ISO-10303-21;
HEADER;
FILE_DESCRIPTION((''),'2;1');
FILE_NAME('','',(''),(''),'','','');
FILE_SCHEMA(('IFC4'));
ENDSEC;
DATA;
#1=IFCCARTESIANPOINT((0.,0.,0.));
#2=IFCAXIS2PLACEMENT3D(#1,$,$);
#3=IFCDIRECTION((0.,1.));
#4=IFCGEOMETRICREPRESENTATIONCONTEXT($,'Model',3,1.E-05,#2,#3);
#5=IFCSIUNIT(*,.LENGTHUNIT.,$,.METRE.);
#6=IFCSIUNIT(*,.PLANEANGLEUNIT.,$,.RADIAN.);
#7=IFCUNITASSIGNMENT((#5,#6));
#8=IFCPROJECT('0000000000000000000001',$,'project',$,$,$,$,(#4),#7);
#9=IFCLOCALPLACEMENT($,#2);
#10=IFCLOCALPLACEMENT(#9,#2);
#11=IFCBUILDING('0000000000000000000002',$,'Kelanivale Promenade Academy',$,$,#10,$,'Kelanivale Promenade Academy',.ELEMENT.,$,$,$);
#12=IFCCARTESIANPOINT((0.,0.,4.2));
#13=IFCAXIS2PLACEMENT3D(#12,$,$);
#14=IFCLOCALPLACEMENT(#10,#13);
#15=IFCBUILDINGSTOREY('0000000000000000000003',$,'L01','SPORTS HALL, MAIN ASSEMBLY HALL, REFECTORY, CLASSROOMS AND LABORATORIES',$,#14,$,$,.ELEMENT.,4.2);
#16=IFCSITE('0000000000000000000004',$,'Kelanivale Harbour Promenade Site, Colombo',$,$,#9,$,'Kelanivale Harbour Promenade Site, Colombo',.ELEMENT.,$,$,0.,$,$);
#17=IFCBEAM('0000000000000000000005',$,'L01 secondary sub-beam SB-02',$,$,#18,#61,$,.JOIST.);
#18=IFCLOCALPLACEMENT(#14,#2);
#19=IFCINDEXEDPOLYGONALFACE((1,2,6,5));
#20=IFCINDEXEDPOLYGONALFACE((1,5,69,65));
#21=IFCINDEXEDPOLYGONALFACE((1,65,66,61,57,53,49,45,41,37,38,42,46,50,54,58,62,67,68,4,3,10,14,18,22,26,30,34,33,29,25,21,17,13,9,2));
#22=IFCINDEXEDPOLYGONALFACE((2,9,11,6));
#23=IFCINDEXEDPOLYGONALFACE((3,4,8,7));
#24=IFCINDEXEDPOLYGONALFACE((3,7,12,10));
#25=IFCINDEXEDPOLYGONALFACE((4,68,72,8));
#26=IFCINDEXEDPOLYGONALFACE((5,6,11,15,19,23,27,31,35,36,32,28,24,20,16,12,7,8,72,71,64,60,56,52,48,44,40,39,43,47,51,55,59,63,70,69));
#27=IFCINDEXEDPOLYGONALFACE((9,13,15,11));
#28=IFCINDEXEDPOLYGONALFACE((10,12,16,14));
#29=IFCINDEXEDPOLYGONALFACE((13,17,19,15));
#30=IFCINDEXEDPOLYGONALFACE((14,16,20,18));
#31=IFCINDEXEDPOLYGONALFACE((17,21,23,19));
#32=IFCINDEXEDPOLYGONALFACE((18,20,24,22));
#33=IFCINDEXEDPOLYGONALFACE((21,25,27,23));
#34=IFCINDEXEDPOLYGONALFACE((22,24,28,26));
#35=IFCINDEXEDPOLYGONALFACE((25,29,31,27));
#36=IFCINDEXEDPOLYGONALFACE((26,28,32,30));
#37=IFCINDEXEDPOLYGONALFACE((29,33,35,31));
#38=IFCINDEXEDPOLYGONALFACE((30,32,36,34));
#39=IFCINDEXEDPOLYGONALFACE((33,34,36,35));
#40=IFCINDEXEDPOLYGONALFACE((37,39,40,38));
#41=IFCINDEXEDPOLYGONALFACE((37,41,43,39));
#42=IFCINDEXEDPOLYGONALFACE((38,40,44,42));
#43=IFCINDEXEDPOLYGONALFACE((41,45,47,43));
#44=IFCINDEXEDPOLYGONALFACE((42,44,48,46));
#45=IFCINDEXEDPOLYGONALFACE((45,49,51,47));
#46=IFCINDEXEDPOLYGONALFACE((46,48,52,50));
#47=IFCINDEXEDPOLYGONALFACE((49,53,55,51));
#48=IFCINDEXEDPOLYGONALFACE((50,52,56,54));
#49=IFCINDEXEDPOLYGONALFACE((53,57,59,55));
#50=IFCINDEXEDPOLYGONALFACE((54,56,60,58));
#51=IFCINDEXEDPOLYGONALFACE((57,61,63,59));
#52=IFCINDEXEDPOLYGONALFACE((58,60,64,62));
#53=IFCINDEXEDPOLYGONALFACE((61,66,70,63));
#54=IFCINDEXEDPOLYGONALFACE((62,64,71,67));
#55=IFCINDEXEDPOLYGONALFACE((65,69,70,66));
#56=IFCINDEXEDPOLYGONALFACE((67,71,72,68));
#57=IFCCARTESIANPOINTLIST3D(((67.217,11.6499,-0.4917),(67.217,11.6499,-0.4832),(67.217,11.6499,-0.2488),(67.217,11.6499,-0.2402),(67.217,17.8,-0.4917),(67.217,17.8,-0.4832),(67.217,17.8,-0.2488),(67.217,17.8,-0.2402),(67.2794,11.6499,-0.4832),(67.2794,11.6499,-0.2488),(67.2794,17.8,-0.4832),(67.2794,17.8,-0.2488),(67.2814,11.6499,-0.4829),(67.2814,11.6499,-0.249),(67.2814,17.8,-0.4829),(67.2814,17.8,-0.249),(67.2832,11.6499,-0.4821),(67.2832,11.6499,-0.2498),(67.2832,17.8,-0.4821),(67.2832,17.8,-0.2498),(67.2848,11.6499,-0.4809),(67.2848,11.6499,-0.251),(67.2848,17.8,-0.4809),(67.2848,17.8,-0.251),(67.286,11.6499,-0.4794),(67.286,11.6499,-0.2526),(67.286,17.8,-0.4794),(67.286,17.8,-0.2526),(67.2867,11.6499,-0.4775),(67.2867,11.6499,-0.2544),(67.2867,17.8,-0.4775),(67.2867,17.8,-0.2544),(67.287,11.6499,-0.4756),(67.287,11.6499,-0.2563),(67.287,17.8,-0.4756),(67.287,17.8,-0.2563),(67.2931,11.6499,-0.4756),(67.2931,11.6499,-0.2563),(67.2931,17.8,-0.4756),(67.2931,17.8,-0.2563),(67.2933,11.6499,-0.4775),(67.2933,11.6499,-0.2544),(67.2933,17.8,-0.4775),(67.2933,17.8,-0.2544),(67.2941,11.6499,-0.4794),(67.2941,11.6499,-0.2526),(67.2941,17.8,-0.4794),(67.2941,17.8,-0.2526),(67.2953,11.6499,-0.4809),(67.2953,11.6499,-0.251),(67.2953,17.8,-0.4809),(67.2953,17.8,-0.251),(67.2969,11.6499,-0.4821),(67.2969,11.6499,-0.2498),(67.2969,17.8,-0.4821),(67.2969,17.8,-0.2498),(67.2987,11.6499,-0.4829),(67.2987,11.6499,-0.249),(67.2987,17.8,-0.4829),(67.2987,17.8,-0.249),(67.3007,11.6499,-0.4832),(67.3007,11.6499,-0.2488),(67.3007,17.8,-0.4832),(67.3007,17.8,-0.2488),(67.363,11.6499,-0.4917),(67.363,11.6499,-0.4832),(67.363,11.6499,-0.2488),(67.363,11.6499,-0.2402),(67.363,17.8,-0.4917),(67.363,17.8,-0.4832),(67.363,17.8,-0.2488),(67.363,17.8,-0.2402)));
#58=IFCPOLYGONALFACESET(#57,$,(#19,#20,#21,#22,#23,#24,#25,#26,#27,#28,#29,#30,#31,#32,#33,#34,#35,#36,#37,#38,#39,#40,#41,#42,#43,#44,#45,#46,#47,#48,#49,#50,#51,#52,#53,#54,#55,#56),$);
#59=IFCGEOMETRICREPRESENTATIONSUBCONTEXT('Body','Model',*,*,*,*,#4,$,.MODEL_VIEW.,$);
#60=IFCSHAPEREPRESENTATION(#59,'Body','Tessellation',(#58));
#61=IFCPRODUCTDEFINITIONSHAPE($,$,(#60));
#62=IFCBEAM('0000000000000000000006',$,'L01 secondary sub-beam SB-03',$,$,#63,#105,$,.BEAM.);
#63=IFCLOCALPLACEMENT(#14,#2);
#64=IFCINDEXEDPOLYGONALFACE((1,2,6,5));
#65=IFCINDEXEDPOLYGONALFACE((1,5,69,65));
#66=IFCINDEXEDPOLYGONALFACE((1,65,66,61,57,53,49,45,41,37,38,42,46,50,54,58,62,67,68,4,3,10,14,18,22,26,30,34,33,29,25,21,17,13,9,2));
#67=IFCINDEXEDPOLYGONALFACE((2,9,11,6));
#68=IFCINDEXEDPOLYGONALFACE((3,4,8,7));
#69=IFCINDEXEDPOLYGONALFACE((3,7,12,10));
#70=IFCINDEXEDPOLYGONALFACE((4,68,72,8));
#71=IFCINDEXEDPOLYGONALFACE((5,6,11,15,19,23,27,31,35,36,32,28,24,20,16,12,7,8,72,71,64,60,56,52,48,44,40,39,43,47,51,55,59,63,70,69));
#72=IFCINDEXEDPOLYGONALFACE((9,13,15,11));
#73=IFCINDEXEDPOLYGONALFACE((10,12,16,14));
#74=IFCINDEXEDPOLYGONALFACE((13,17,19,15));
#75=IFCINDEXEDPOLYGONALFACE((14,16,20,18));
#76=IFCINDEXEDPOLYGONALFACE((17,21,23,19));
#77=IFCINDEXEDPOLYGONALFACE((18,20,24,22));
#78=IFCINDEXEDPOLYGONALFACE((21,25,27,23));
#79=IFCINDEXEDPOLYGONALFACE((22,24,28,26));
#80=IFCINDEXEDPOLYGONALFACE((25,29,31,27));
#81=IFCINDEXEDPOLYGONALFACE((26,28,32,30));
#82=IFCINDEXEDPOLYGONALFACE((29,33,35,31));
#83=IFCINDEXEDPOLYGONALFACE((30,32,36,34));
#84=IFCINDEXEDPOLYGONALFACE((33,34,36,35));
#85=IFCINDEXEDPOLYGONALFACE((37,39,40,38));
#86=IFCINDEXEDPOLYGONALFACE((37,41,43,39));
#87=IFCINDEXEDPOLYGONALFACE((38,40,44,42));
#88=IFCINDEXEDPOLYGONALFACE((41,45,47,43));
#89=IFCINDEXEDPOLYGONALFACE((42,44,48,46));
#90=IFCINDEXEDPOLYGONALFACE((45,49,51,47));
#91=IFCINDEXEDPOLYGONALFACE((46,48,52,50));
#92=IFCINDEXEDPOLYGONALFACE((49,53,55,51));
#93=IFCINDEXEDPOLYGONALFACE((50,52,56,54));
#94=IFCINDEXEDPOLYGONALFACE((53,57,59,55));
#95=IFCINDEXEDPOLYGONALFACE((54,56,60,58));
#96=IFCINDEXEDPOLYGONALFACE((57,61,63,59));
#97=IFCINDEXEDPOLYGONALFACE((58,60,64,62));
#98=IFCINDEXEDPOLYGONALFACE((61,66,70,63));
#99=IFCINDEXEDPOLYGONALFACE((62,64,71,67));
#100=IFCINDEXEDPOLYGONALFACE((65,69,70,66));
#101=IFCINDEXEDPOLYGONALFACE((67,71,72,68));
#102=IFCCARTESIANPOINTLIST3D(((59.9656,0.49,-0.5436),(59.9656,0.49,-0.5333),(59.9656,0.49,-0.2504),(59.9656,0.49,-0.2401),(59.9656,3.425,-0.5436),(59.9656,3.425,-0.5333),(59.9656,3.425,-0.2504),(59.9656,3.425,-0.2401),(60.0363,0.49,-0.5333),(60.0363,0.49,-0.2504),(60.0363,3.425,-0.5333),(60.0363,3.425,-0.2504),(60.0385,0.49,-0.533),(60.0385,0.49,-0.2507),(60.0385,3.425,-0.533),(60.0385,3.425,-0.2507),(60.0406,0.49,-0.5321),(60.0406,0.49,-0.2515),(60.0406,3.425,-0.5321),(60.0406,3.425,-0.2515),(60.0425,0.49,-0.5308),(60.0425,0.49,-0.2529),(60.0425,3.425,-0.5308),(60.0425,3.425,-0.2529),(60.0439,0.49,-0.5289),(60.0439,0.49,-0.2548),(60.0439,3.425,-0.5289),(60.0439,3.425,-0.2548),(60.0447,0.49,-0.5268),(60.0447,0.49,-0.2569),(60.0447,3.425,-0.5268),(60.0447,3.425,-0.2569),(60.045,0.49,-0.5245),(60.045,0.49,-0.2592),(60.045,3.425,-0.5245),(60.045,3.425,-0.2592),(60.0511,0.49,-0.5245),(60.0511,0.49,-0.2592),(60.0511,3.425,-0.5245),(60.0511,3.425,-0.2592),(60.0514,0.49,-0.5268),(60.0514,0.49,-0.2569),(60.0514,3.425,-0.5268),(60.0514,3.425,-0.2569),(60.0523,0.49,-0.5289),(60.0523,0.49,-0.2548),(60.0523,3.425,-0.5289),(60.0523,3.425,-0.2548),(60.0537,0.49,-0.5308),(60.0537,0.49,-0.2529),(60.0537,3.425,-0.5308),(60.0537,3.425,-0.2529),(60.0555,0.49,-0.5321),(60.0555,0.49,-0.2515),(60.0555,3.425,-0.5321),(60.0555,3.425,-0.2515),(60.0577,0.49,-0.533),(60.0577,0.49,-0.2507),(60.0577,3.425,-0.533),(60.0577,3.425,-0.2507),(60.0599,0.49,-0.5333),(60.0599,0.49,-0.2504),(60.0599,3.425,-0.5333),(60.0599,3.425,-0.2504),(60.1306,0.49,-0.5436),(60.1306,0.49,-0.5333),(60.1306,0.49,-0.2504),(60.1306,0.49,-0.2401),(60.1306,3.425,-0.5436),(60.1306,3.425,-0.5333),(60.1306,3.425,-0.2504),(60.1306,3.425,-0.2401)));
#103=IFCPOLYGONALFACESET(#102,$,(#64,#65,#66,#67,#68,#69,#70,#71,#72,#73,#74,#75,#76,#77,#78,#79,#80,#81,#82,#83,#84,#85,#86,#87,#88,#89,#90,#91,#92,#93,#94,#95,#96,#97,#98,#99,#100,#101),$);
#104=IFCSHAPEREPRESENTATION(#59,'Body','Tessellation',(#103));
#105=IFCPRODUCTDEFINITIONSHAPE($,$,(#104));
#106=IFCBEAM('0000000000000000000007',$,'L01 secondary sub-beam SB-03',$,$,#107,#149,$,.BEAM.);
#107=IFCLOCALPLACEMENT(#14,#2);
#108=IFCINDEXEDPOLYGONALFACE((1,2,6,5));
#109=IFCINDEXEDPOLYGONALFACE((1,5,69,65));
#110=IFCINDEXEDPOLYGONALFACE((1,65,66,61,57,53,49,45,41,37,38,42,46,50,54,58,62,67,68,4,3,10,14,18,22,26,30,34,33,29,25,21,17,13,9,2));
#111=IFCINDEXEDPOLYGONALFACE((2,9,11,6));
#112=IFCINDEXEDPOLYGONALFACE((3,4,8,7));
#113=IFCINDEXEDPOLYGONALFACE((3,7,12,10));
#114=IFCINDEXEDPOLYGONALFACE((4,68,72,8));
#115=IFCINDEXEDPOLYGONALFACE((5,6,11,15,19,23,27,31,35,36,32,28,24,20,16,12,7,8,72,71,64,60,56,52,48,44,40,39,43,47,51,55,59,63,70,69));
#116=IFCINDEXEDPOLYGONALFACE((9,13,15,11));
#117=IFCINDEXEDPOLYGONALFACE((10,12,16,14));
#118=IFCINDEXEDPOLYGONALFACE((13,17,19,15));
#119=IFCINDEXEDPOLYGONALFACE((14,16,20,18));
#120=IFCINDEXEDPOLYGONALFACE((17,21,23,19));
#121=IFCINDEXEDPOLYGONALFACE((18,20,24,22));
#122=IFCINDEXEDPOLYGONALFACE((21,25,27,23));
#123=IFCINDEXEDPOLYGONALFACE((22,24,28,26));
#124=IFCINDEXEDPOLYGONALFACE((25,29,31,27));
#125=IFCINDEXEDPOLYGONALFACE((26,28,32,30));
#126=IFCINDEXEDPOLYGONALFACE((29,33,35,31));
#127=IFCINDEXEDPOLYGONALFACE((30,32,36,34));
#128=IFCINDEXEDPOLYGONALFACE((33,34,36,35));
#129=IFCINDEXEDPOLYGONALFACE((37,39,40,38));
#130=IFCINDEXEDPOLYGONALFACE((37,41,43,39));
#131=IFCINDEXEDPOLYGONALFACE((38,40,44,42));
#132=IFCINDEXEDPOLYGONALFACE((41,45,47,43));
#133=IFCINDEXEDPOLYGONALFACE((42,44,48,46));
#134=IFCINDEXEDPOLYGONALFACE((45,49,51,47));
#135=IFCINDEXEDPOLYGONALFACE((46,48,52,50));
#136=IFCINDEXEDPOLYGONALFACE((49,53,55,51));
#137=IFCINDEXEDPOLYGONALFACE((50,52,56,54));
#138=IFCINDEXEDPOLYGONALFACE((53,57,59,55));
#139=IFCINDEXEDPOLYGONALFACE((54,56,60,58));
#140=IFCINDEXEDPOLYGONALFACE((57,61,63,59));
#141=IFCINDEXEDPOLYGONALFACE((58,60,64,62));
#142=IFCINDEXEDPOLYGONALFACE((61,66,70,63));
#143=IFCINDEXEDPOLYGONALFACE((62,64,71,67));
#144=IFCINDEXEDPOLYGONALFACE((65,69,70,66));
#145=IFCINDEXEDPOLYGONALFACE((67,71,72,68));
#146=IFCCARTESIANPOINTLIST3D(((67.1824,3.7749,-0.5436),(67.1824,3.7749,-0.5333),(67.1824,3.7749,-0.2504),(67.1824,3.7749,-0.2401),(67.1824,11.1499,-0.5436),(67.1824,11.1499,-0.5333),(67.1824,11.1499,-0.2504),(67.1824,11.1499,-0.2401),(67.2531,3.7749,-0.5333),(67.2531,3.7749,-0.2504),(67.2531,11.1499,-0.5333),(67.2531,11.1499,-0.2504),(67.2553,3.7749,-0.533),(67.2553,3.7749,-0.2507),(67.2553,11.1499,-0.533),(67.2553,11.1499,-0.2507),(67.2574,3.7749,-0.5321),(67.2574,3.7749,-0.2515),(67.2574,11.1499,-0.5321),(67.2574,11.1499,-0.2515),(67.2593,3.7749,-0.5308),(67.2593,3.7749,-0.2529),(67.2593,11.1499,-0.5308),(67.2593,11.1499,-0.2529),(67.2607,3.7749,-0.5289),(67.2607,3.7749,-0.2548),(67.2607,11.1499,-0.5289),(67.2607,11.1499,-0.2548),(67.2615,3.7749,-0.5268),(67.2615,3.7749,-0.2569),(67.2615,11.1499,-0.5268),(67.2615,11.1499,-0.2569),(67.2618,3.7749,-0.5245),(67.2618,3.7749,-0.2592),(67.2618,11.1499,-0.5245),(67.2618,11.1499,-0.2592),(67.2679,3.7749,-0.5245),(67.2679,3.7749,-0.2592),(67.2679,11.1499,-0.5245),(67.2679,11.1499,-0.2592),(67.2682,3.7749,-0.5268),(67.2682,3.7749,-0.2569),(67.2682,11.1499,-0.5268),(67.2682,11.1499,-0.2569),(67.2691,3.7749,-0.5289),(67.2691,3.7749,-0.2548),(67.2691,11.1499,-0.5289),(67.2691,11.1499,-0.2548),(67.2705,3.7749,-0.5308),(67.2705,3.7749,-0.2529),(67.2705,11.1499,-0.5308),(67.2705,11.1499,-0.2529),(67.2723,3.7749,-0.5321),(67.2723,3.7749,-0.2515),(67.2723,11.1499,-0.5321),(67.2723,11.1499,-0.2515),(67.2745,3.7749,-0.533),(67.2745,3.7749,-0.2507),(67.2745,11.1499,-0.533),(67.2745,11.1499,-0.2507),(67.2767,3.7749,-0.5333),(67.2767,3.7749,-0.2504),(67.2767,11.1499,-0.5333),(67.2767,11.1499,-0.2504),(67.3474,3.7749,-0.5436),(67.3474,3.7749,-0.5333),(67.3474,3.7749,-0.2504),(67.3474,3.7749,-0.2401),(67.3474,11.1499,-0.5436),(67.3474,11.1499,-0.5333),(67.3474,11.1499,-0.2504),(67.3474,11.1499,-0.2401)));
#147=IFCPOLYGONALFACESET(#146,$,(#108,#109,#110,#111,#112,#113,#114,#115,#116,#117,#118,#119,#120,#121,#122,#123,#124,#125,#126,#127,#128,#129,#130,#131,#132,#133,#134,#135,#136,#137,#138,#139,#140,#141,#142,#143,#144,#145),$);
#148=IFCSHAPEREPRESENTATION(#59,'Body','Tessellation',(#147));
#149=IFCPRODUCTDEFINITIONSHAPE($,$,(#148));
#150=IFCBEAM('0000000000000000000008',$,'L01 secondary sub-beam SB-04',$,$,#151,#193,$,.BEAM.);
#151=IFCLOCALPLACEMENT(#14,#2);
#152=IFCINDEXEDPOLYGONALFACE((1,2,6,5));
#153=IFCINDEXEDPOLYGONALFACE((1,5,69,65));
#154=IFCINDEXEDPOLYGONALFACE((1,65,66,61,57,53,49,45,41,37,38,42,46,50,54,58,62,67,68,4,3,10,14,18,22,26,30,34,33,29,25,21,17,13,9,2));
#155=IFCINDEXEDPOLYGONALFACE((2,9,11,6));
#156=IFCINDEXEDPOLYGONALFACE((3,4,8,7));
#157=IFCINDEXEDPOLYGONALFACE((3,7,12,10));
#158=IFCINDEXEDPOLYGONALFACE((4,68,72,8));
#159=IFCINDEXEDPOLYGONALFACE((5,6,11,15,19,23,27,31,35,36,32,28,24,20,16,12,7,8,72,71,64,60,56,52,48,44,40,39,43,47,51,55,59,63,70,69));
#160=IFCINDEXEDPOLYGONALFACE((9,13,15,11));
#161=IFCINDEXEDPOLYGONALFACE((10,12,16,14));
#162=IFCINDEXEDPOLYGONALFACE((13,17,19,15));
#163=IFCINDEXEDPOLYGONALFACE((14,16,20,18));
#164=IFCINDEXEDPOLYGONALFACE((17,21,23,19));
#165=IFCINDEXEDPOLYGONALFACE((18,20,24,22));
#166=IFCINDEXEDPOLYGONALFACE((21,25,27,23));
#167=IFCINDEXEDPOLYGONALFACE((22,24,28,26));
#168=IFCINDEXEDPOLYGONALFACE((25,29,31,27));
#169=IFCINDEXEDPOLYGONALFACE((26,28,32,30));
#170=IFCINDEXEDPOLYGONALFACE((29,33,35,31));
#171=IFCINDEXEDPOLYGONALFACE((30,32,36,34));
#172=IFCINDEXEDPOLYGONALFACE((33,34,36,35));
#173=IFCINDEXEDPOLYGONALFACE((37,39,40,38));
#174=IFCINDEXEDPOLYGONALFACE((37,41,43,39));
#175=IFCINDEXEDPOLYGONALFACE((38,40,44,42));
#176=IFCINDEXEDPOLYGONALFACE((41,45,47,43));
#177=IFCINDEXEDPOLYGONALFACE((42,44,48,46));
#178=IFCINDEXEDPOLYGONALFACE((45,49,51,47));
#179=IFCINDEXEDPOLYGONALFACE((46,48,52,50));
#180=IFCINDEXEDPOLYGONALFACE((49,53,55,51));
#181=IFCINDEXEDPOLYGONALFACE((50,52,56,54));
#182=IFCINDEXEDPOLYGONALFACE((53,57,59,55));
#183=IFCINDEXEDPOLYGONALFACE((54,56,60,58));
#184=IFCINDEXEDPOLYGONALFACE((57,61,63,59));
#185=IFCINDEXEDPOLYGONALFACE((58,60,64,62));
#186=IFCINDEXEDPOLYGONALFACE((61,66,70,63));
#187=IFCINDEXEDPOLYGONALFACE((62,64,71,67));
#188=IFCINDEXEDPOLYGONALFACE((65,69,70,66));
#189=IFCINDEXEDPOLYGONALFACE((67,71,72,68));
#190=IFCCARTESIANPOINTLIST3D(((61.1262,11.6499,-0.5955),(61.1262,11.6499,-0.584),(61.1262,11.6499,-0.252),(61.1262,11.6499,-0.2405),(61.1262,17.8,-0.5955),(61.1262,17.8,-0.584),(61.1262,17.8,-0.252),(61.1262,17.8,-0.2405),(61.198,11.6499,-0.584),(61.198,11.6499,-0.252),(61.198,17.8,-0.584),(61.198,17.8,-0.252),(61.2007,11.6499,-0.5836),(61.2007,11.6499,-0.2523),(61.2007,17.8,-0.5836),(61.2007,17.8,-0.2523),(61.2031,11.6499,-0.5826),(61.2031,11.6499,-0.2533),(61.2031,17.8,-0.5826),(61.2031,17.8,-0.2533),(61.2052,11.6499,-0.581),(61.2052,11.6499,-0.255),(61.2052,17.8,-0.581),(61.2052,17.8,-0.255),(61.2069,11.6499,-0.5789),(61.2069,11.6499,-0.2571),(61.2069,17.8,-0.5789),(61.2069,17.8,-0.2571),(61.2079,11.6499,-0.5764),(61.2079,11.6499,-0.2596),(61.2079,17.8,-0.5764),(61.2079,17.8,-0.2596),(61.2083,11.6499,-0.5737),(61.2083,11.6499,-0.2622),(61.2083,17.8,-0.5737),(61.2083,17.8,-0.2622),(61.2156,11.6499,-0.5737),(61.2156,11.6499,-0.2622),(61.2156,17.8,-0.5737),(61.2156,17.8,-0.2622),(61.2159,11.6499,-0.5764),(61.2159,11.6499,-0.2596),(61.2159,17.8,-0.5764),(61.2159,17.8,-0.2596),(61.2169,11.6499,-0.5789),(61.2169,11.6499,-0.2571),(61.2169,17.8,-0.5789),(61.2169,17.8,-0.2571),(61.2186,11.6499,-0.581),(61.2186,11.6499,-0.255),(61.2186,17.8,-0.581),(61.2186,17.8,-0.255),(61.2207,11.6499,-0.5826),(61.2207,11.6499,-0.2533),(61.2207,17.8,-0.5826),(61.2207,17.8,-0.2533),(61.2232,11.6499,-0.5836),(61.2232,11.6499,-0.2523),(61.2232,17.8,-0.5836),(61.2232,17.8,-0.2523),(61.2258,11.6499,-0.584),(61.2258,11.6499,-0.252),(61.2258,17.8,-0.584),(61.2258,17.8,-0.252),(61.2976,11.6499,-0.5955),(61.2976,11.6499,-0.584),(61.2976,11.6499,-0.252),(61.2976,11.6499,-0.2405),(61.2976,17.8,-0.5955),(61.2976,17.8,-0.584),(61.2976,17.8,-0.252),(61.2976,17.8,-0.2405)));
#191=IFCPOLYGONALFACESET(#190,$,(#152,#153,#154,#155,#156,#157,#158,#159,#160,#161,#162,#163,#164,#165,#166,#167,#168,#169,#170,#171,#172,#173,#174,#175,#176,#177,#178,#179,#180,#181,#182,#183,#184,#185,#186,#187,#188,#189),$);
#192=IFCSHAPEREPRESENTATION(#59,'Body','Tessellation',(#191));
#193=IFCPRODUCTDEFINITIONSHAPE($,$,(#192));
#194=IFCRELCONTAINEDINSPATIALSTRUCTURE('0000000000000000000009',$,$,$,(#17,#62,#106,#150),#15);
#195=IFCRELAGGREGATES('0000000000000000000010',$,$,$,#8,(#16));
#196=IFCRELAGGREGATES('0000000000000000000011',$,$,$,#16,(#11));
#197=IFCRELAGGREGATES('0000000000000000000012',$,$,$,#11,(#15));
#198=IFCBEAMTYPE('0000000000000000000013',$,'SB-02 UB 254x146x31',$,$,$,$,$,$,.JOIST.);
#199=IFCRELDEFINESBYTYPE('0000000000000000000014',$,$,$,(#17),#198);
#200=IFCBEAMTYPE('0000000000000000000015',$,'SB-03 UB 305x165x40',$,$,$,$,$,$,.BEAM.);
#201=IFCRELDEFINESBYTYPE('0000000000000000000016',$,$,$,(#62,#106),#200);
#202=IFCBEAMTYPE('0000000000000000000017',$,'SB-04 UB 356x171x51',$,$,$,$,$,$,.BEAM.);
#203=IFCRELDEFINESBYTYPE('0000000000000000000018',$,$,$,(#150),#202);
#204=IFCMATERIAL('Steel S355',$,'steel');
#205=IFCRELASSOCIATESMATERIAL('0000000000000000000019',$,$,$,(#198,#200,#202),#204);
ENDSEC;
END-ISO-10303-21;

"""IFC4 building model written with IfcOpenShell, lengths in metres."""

from ifc_helpers import new_model, si_unit, direction, frame, origin, origin_2d, place, context, subcontext, project, spatial, i_section, extrude, material, material_profile, profile_set, type_object, element, save


model = new_model("IFC4")

# Units and contexts
model_context = context("Model", 3, precision=1e-05, world=origin(), true_north=direction((0.0, 1.0)))
body_context = subcontext(model_context, "Body", "Model", "MODEL_VIEW")
ifc_project = project(units=[si_unit("LENGTHUNIT", "METRE"), si_unit("PLANEANGLEUNIT", "RADIAN")], contexts=[model_context])

# Site, building, storey
site_placement = place(None, origin())
site = spatial("IfcSite", under=ifc_project, at=site_placement, Name="Kelanivale Harbour Promenade Site, Colombo", LongName="Kelanivale Harbour Promenade Site, Colombo", CompositionType="ELEMENT", RefElevation=0.0)
building_placement = place(site_placement, origin())
building = spatial("IfcBuilding", under=site, at=building_placement, Name="Kelanivale Promenade Academy", LongName="Kelanivale Promenade Academy", CompositionType="ELEMENT")
storey_placement = place(building_placement, frame((0.0, 0.0, 4.2)))
storey = spatial("IfcBuildingStorey", under=building, at=storey_placement, Name="L01", Description="SPORTS HALL, MAIN ASSEMBLY HALL, REFECTORY, CLASSROOMS AND LABORATORIES", CompositionType="ELEMENT", Elevation=4.2)

# Beams
ifc_material_1 = material(Name="Steel S355", Category="steel")
ifc_material_profile_1 = material_profile(ifc_material_1, i_section(OverallWidth=0.146, OverallDepth=0.2515, WebThickness=0.0061, FlangeThickness=0.0085, FilletRadius=0.0076, at=origin_2d()), Name="UB 254x146x31")
ifc_profile_set_1 = profile_set([ifc_material_profile_1], Name="Steel S355")
beam_type_1 = type_object("IfcBeamType", Name="SB-02 UB 254x146x31", PredefinedType="JOIST", material=ifc_profile_set_1)
beam_1_placement = place(storey_placement, frame((67.29, 11.6499, -0.366), z_axis=(0.0, 1.0, 0.0), x_axis=(-1.0, 0.0, 0.0)))
element("IfcBeam", 1, at=beam_1_placement, inside=storey, type_object=beam_type_1, Name="L01 secondary sub-beam SB-02", PredefinedType="JOIST", context=body_context, shape_type="SweptSolid", body=[
    extrude(i_section(OverallWidth=0.146, OverallDepth=0.2515, WebThickness=0.0061, FlangeThickness=0.0085, FilletRadius=0.0076, at=origin_2d()), origin(), (0.0, 0.0, 1.0), 6.1501),
])
ifc_material_profile_2 = material_profile(ifc_material_1, i_section(OverallWidth=0.165, OverallDepth=0.3035, WebThickness=0.0061, FlangeThickness=0.0103, FilletRadius=0.0088, at=origin_2d()), Name="UB 305x165x40")
ifc_profile_set_2 = profile_set([ifc_material_profile_2], Name="Steel S355")
beam_type_2 = type_object("IfcBeamType", Name="SB-03 UB 305x165x40", PredefinedType="BEAM", material=ifc_profile_set_2)
beam_2_placement = place(storey_placement, frame((60.0481, 0.49, -0.3918), z_axis=(0.0, 1.0, 0.0), x_axis=(-1.0, 0.0, 0.0)))
element("IfcBeam", 2, at=beam_2_placement, inside=storey, type_object=beam_type_2, Name="L01 secondary sub-beam SB-03", PredefinedType="BEAM", context=body_context, shape_type="SweptSolid", body=[
    extrude(i_section(OverallWidth=0.165, OverallDepth=0.3035, WebThickness=0.0061, FlangeThickness=0.0103, FilletRadius=0.0088, at=origin_2d()), origin(), (0.0, 0.0, 1.0), 2.9351),
])
beam_3_placement = place(storey_placement, frame((67.2649, 3.7749, -0.3918), z_axis=(0.0, 1.0, 0.0), x_axis=(-1.0, 0.0, 0.0)))
element("IfcBeam", 3, at=beam_3_placement, inside=storey, type_object=beam_type_2, Name="L01 secondary sub-beam SB-03", PredefinedType="BEAM", context=body_context, shape_type="SweptSolid", body=[
    extrude(i_section(OverallWidth=0.165, OverallDepth=0.3035, WebThickness=0.0061, FlangeThickness=0.0103, FilletRadius=0.0088, at=origin_2d()), origin(), (0.0, 0.0, 1.0), 7.375),
])
ifc_material_profile_3 = material_profile(ifc_material_1, i_section(OverallWidth=0.1714, OverallDepth=0.355, WebThickness=0.0073, FlangeThickness=0.0115, FilletRadius=0.0103, at=origin_2d()), Name="UB 356x171x51")
ifc_profile_set_3 = profile_set([ifc_material_profile_3], Name="Steel S355")
beam_type_3 = type_object("IfcBeamType", Name="SB-04 UB 356x171x51", PredefinedType="BEAM", material=ifc_profile_set_3)
beam_4_placement = place(storey_placement, frame((61.2119, 11.6499, -0.418), z_axis=(0.0, 1.0, 0.0), x_axis=(-1.0, 0.0, 0.0)))
element("IfcBeam", 4, at=beam_4_placement, inside=storey, type_object=beam_type_3, Name="L01 secondary sub-beam SB-04", PredefinedType="BEAM", context=body_context, shape_type="SweptSolid", body=[
    extrude(i_section(OverallWidth=0.1714, OverallDepth=0.355, WebThickness=0.0073, FlangeThickness=0.0115, FilletRadius=0.0103, at=origin_2d()), origin(), (0.0, 0.0, 1.0), 6.1501),
])

save(model, "model.ifc")
